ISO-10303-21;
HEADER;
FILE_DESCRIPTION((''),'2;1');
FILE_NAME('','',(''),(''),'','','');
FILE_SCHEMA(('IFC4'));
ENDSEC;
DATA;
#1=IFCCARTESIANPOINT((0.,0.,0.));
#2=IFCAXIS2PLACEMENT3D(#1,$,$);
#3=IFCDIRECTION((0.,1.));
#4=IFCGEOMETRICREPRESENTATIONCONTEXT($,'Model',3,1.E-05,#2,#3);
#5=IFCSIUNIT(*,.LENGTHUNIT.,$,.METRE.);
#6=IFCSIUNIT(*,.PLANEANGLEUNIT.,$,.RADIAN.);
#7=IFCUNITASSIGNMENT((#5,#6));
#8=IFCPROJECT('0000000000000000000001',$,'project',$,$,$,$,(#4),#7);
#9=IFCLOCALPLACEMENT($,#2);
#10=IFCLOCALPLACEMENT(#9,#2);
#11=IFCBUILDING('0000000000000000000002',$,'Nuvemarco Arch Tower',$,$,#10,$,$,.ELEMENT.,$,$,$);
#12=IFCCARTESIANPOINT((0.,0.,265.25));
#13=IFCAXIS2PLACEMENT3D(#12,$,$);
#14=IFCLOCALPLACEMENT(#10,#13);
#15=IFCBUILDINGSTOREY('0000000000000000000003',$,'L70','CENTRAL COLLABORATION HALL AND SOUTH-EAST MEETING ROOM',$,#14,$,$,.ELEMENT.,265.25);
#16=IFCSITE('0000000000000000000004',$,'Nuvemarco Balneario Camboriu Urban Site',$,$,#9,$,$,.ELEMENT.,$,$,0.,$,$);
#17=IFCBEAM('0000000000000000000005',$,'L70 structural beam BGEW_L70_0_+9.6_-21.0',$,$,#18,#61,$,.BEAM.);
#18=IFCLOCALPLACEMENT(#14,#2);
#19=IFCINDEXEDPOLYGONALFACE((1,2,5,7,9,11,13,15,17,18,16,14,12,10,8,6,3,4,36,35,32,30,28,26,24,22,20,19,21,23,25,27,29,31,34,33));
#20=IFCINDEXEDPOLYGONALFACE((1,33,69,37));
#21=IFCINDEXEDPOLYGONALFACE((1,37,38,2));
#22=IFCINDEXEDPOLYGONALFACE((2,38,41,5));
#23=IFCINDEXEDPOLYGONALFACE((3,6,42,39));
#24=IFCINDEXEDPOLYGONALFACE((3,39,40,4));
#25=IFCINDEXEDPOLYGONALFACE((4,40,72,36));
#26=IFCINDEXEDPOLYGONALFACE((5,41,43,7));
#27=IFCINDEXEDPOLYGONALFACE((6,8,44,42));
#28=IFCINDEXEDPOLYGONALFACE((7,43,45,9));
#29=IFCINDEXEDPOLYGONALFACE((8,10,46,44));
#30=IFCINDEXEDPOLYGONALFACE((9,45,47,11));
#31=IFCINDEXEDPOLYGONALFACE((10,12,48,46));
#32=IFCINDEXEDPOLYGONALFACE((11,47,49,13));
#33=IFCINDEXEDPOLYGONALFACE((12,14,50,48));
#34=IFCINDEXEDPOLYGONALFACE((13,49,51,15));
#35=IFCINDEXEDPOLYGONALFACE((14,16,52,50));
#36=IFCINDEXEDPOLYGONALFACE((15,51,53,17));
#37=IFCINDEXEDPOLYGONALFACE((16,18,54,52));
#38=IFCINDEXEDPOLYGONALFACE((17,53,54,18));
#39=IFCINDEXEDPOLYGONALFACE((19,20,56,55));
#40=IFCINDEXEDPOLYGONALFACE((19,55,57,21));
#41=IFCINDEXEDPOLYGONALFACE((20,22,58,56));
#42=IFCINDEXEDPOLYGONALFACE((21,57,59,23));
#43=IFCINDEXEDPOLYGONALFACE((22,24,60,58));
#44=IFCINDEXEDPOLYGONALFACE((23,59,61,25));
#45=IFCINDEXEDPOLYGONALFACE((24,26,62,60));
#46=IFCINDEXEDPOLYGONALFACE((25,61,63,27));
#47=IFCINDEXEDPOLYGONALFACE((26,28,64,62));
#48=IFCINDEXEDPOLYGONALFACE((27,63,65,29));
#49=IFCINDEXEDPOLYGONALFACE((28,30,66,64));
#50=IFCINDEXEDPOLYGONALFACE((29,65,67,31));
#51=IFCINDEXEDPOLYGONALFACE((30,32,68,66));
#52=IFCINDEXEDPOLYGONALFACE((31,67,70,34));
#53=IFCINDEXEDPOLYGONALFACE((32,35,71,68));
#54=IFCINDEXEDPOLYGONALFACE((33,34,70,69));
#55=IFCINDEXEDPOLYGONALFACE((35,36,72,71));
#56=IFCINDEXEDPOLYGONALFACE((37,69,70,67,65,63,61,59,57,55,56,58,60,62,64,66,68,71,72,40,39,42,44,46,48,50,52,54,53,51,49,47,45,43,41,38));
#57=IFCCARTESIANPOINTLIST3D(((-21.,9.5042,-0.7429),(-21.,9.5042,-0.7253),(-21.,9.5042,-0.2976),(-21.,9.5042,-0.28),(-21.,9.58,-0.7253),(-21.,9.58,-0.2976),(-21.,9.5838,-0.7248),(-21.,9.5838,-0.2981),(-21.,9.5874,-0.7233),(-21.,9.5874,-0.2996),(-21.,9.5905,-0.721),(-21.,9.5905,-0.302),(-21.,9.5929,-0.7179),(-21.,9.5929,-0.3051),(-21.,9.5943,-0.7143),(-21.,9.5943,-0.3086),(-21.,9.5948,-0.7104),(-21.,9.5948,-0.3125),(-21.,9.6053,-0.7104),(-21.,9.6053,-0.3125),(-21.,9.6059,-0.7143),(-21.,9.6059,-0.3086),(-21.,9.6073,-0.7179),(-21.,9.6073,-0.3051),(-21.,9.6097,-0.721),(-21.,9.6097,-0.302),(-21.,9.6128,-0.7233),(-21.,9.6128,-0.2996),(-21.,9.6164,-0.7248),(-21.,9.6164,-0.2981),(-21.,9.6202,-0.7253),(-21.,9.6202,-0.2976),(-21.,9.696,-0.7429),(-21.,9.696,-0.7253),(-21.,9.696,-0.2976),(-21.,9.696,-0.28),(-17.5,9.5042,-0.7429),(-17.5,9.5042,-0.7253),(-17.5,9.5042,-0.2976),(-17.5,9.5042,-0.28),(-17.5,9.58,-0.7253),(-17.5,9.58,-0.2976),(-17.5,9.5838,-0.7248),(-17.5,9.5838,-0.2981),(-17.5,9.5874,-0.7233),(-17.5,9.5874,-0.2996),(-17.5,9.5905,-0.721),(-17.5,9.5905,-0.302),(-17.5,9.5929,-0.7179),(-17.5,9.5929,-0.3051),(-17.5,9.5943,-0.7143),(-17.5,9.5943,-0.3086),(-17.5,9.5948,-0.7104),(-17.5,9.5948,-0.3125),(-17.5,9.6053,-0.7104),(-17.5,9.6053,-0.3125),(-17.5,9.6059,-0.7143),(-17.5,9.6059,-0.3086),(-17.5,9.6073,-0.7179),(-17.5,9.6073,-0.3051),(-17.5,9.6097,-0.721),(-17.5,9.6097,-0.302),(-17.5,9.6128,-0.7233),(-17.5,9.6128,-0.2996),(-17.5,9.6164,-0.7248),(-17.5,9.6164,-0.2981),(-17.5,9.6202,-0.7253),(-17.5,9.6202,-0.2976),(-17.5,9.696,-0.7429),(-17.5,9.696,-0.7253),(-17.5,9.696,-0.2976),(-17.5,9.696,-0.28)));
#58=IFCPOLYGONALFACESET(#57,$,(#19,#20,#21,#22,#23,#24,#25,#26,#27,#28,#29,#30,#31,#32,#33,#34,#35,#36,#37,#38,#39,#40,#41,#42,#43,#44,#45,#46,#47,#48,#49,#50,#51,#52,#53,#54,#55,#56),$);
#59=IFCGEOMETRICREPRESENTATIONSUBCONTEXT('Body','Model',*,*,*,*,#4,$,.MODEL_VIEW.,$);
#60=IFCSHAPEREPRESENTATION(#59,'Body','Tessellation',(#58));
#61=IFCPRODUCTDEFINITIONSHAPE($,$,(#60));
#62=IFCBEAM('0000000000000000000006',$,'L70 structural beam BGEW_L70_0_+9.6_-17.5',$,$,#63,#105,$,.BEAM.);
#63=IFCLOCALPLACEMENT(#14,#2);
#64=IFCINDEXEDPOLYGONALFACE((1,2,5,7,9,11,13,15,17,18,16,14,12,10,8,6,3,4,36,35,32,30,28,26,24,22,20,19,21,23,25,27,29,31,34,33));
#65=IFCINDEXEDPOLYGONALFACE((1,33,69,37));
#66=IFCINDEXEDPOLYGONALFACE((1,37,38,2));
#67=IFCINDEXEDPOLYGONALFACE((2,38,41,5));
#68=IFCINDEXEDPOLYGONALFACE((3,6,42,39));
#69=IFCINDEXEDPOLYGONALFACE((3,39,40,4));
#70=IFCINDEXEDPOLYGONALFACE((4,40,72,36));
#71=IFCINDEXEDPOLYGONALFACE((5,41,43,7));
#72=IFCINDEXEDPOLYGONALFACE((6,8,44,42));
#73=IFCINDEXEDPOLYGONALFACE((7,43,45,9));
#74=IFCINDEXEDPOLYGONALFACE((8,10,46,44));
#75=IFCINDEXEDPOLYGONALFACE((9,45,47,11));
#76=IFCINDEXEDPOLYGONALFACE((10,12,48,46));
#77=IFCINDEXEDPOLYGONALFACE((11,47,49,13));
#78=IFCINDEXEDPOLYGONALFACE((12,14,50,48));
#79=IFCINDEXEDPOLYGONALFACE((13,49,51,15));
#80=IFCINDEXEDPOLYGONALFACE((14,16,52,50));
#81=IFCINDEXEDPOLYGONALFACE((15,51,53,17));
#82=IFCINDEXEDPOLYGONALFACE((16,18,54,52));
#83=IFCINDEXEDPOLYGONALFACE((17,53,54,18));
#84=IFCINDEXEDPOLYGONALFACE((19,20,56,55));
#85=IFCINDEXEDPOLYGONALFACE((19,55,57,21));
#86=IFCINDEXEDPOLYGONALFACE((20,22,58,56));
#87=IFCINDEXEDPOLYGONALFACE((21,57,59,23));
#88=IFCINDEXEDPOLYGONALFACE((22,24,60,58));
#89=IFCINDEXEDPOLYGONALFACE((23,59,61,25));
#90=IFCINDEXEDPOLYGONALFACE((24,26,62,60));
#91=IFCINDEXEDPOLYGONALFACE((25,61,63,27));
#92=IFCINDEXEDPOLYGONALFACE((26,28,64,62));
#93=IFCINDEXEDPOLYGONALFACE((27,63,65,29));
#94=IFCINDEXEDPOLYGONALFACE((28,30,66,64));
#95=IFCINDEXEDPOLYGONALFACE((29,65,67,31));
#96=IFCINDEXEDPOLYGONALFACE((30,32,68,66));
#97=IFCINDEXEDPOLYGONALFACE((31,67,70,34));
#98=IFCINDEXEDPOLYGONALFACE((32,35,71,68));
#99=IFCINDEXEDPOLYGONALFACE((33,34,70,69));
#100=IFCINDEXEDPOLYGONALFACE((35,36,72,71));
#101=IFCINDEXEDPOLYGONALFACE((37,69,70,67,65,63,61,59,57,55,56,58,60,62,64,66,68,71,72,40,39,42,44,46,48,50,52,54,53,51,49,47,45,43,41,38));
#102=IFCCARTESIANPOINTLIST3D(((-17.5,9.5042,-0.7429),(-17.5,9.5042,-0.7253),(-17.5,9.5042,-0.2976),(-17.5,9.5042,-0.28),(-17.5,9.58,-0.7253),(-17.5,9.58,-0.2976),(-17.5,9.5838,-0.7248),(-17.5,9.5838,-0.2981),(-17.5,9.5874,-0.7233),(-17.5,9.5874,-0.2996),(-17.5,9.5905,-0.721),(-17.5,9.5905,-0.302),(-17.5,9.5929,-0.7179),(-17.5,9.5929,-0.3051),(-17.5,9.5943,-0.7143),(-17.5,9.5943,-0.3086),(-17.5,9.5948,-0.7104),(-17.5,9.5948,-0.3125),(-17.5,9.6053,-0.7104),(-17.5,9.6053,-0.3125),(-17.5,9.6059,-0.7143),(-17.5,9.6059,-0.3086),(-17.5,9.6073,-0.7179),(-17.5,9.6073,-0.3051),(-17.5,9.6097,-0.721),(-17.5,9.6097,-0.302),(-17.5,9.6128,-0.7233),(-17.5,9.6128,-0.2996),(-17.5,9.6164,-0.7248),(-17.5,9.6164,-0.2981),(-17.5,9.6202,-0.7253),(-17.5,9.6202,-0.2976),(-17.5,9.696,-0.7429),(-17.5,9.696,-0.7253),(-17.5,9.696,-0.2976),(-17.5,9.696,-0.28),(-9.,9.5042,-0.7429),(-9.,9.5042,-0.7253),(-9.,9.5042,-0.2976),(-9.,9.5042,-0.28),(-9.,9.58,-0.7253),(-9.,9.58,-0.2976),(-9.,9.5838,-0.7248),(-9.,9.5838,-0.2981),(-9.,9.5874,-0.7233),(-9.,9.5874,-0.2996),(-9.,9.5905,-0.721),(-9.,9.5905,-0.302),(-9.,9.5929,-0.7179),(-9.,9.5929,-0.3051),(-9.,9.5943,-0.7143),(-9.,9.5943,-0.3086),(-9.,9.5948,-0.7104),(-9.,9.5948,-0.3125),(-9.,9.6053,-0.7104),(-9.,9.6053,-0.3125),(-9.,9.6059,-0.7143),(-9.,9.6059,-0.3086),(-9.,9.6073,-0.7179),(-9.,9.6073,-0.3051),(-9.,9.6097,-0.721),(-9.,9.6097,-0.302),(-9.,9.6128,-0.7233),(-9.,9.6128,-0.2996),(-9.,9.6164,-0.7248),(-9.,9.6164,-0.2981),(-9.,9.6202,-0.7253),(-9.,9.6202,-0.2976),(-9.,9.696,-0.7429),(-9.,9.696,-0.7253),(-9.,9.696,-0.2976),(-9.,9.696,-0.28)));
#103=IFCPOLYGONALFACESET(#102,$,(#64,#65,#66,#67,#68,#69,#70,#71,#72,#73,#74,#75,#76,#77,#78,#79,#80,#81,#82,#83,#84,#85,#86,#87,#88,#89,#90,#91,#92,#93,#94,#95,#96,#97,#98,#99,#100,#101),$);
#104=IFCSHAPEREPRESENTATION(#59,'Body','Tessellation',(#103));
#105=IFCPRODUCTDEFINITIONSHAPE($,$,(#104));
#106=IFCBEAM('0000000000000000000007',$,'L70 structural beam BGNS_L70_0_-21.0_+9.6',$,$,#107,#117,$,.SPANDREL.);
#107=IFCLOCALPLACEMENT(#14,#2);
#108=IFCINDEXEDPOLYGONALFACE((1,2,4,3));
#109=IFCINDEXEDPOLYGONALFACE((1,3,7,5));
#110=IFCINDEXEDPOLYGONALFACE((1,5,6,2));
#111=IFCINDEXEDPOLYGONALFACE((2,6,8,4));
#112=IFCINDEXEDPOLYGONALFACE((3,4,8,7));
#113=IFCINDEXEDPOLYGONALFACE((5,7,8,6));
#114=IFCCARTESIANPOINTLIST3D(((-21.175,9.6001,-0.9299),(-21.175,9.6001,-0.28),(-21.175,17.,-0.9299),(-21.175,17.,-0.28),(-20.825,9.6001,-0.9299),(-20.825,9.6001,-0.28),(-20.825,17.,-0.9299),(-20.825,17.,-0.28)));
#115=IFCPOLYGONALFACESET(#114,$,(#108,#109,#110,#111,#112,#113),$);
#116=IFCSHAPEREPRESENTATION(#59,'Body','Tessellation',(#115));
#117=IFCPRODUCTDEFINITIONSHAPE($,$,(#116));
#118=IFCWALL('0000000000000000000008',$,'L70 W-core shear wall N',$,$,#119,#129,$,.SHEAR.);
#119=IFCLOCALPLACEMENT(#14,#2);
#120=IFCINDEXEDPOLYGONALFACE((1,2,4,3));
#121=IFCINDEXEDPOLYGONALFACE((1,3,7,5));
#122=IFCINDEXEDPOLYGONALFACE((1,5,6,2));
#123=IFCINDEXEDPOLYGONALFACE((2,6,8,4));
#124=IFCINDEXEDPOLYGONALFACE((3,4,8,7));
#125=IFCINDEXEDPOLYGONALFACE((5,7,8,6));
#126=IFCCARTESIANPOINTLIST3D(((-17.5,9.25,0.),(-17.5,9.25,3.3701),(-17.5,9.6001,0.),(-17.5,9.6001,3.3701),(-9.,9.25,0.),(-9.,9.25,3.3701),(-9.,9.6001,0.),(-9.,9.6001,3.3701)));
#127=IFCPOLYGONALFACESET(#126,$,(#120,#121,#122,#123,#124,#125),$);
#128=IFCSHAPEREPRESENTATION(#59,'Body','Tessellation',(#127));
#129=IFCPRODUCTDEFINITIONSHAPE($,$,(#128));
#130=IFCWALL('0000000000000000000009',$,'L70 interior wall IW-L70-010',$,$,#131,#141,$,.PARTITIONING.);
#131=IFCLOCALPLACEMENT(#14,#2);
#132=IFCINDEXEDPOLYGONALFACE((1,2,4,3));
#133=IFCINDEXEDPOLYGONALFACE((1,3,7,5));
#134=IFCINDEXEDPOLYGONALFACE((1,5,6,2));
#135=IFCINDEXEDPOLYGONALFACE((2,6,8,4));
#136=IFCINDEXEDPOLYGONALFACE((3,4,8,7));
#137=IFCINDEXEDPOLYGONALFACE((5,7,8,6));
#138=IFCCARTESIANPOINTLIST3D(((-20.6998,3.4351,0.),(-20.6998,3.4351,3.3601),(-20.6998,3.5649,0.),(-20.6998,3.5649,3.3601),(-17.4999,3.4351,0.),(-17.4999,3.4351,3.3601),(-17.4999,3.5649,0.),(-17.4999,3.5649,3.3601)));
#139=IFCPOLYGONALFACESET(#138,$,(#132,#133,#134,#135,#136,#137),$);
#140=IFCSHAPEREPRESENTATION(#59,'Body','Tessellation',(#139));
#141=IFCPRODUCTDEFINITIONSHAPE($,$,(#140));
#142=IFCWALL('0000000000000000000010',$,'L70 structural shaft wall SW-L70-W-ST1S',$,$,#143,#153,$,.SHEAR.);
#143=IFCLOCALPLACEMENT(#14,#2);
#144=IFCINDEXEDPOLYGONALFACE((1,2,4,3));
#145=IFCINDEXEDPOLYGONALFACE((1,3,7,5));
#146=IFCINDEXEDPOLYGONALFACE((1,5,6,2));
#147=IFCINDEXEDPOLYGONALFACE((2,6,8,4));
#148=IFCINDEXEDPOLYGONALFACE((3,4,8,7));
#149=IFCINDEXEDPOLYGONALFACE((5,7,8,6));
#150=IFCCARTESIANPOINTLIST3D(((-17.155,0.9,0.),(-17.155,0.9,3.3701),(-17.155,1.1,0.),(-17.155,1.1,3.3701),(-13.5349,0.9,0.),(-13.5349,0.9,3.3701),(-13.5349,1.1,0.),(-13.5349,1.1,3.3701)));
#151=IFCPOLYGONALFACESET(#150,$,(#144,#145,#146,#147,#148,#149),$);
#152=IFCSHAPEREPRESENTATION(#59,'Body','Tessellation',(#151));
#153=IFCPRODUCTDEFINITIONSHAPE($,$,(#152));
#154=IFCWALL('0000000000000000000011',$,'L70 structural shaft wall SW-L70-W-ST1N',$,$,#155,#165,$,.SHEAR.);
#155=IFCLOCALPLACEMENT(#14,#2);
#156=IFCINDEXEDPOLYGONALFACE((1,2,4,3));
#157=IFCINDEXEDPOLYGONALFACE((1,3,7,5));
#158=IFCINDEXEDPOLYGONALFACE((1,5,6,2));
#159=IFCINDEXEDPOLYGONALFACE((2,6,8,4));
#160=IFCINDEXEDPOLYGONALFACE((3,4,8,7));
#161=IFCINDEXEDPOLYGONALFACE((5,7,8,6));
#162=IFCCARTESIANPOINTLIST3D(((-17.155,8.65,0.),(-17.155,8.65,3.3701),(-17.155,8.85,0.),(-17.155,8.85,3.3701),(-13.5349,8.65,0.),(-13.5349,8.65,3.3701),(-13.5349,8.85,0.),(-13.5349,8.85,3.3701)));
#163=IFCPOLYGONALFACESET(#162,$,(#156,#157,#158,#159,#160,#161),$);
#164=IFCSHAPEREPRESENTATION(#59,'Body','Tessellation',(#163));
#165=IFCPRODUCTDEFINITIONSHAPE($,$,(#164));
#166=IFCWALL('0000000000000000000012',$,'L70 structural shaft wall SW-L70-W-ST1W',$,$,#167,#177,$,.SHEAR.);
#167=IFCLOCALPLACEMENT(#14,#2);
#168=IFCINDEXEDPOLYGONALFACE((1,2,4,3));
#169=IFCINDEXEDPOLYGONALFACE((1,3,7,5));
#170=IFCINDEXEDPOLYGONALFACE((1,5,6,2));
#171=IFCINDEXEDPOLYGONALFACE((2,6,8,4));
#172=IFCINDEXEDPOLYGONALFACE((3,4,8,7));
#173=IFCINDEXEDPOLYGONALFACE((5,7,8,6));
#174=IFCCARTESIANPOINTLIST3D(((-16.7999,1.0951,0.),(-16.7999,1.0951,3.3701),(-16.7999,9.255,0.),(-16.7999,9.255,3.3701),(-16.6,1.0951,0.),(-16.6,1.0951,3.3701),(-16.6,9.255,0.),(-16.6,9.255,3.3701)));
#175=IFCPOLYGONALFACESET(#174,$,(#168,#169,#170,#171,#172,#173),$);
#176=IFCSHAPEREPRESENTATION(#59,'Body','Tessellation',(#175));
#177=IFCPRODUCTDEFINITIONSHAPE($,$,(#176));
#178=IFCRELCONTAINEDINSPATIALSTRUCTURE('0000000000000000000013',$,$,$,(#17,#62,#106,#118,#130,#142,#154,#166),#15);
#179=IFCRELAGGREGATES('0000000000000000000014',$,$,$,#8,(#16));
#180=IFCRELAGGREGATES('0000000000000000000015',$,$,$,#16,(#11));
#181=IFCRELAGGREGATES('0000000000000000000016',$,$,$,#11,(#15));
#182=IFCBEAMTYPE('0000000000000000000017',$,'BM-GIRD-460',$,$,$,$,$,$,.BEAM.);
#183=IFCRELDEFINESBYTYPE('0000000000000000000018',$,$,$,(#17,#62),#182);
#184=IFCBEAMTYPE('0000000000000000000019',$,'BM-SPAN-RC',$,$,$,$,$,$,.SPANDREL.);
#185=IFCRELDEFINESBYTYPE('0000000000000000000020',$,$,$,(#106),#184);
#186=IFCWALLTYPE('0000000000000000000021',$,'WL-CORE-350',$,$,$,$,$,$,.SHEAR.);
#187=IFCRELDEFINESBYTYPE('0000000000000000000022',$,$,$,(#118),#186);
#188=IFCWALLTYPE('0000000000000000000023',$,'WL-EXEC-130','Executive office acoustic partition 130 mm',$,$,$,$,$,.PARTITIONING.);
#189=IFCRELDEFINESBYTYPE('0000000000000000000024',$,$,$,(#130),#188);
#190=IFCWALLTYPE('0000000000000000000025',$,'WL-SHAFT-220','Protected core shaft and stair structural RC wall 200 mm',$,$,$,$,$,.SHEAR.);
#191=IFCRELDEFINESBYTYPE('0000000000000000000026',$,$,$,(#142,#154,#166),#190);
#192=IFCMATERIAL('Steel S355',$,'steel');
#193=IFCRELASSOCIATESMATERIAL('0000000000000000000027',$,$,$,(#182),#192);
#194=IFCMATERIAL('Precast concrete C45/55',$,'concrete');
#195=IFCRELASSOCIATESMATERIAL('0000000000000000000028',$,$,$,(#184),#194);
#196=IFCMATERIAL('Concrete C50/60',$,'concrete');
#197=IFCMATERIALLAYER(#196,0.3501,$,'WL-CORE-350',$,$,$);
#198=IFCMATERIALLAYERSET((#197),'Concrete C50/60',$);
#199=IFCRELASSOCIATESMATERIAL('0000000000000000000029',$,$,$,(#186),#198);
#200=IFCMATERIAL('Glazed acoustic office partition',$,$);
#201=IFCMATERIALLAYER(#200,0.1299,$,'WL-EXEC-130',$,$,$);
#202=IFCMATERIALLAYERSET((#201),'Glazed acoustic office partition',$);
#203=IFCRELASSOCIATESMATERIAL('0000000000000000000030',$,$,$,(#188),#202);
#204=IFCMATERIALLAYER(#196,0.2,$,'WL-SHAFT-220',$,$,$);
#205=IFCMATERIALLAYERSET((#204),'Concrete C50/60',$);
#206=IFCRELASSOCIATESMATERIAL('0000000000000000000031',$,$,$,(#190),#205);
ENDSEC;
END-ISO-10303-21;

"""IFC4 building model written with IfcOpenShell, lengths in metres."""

from ifc_helpers import new_model, si_unit, direction, frame, frame_2d, origin, origin_2d, place, context, subcontext, project, spatial, rectangle, i_section, extrude, material, layer, layer_set, material_profile, profile_set, type_object, element, save


model = new_model("IFC4")

# Units and contexts
model_context = context("Model", 3, precision=1e-05, world=origin(), true_north=direction((0.0, 1.0)))
body_context = subcontext(model_context, "Body", "Model", "MODEL_VIEW")
ifc_project = project(units=[si_unit("LENGTHUNIT", "METRE"), si_unit("PLANEANGLEUNIT", "RADIAN")], contexts=[model_context])

# Site, building, storey
site_placement = place(None, origin())
site = spatial("IfcSite", under=ifc_project, at=site_placement, Name="Nuvemarco Balneario Camboriu Urban Site", CompositionType="ELEMENT", RefElevation=0.0)
building_placement = place(site_placement, origin())
building = spatial("IfcBuilding", under=site, at=building_placement, Name="Nuvemarco Arch Tower", CompositionType="ELEMENT")
storey_placement = place(building_placement, frame((0.0, 0.0, 265.25)))
storey = spatial("IfcBuildingStorey", under=building, at=storey_placement, Name="L70", Description="CENTRAL COLLABORATION HALL AND SOUTH-EAST MEETING ROOM", CompositionType="ELEMENT", Elevation=265.25)

# Shared definitions
ifc_material_1 = material(Name="Concrete C50/60", Category="concrete")
ifc_material_2 = material(Name="Steel S355", Category="steel")

# Beams
ifc_material_profile_1 = material_profile(ifc_material_2, i_section(OverallWidth=0.1919, OverallDepth=0.4629, WebThickness=0.0105, FlangeThickness=0.0176, FilletRadius=0.0149, at=origin_2d()), Name="W460x89")
ifc_profile_set_1 = profile_set([ifc_material_profile_1], Name="Steel S355")
beam_type_1 = type_object("IfcBeamType", Name="BM-GIRD-460", PredefinedType="BEAM", material=ifc_profile_set_1)
beam_1_placement = place(storey_placement, frame((-21.0, 9.6001, -0.5115), z_axis=(1.0, 0.0, 0.0), x_axis=(0.0, 1.0, 0.0)))
element("IfcBeam", 1, at=beam_1_placement, inside=storey, type_object=beam_type_1, Name="L70 structural beam BGEW_L70_0_+9.6_-21.0", PredefinedType="BEAM", context=body_context, shape_type="SweptSolid", body=[
    extrude(i_section(OverallWidth=0.1919, OverallDepth=0.4629, WebThickness=0.0105, FlangeThickness=0.0176, FilletRadius=0.0149, at=origin_2d()), origin(), (0.0, 0.0, 1.0), 3.5),
])
beam_2_placement = place(storey_placement, frame((-17.5, 9.6001, -0.5115), z_axis=(1.0, 0.0, 0.0), x_axis=(0.0, 1.0, 0.0)))
element("IfcBeam", 2, at=beam_2_placement, inside=storey, type_object=beam_type_1, Name="L70 structural beam BGEW_L70_0_+9.6_-17.5", PredefinedType="BEAM", context=body_context, shape_type="SweptSolid", body=[
    extrude(i_section(OverallWidth=0.1919, OverallDepth=0.4629, WebThickness=0.0105, FlangeThickness=0.0176, FilletRadius=0.0149, at=origin_2d()), origin(), (0.0, 0.0, 1.0), 8.5),
])
ifc_material_3 = material(Name="Precast concrete C45/55", Category="concrete")
ifc_material_profile_2 = material_profile(ifc_material_3, rectangle(XDim=0.3501, YDim=0.6499, at=origin_2d()), Name="PC-SP-350x650")
ifc_profile_set_2 = profile_set([ifc_material_profile_2], Name="Precast concrete C45/55")
beam_type_2 = type_object("IfcBeamType", Name="BM-SPAN-RC", PredefinedType="SPANDREL", material=ifc_profile_set_2)
beam_3_placement = place(storey_placement, frame((-21.0, 9.6001, -0.605), z_axis=(0.0, 1.0, 0.0), x_axis=(-1.0, 0.0, 0.0)))
element("IfcBeam", 3, at=beam_3_placement, inside=storey, type_object=beam_type_2, Name="L70 structural beam BGNS_L70_0_-21.0_+9.6", PredefinedType="SPANDREL", context=body_context, shape_type="SweptSolid", body=[
    extrude(rectangle(XDim=0.3501, YDim=0.6499, at=origin_2d()), origin(), (0.0, 0.0, 1.0), 7.3999),
])

# Walls
ifc_layer_1 = layer(ifc_material_1, 0.3501, Name="WL-CORE-350")
ifc_layer_set_1 = layer_set([ifc_layer_1], Name="Concrete C50/60")
wall_type_1 = type_object("IfcWallType", Name="WL-CORE-350", PredefinedType="SHEAR", material=ifc_layer_set_1)
wall_1_placement = place(storey_placement, frame((-17.5, 9.425, 0.0), z_axis=(0.0, 0.0, 1.0), x_axis=(1.0, 0.0, 0.0)))
element("IfcWall", 4, at=wall_1_placement, inside=storey, type_object=wall_type_1, Name="L70 W-core shear wall N", PredefinedType="SHEAR", context=body_context, shape_type="SweptSolid", body=[
    extrude(rectangle(XDim=8.5, YDim=0.3501, at=frame_2d((4.25, 0.0))), origin(), (0.0, 0.0, 1.0), 3.3701),
])
ifc_material_4 = material(Name="Glazed acoustic office partition")
ifc_layer_2 = layer(ifc_material_4, 0.1299, Name="WL-EXEC-130")
ifc_layer_set_2 = layer_set([ifc_layer_2], Name="Glazed acoustic office partition")
wall_type_2 = type_object("IfcWallType", Name="WL-EXEC-130", Description="Executive office acoustic partition 130 mm", PredefinedType="PARTITIONING", material=ifc_layer_set_2)
wall_2_placement = place(storey_placement, frame((-20.7, 3.5, 0.0), z_axis=(0.0, 0.0, 1.0), x_axis=(1.0, 0.0, 0.0)))
element("IfcWall", 5, at=wall_2_placement, inside=storey, type_object=wall_type_2, Name="L70 interior wall IW-L70-010", PredefinedType="PARTITIONING", context=body_context, shape_type="SweptSolid", body=[
    extrude(rectangle(XDim=3.2, YDim=0.1299, at=frame_2d((1.6001, 0.0))), origin(), (0.0, 0.0, 1.0), 3.3601),
])
ifc_layer_3 = layer(ifc_material_1, 0.2, Name="WL-SHAFT-220")
ifc_layer_set_3 = layer_set([ifc_layer_3], Name="Concrete C50/60")
wall_type_3 = type_object("IfcWallType", Name="WL-SHAFT-220", Description="Protected core shaft and stair structural RC wall 200 mm", PredefinedType="SHEAR", material=ifc_layer_set_3)
for number, where, z_axis, x_axis, name in (
    (6, (-17.155, 1.0, 0.0), (0.0, 0.0, 1.0), (1.0, 0.0, 0.0), "L70 structural shaft wall SW-L70-W-ST1S"),
    (7, (-17.155, 8.75, 0.0), (0.0, 0.0, 1.0), (1.0, 0.0, 0.0), "L70 structural shaft wall SW-L70-W-ST1N"),
):
    element("IfcWall", number, at=place(storey_placement, frame(where, z_axis=z_axis, x_axis=x_axis)), inside=storey, type_object=wall_type_3, Name=name, PredefinedType="SHEAR", context=body_context, shape_type="SweptSolid", body=[
        extrude(rectangle(XDim=3.6201, YDim=0.2, at=frame_2d((1.8101, 0.0))), origin(), (0.0, 0.0, 1.0), 3.3701),
    ])
wall_3_placement = place(storey_placement, frame((-16.7, 1.095, 0.0), z_axis=(0.0, 0.0, 1.0), x_axis=(0.0, 1.0, 0.0)))
element("IfcWall", 8, at=wall_3_placement, inside=storey, type_object=wall_type_3, Name="L70 structural shaft wall SW-L70-W-ST1W", PredefinedType="SHEAR", context=body_context, shape_type="SweptSolid", body=[
    extrude(rectangle(XDim=8.1599, YDim=0.2, at=frame_2d((4.0801, 0.0))), origin(), (0.0, 0.0, 1.0), 3.3701),
])

save(model, "model.ifc")
